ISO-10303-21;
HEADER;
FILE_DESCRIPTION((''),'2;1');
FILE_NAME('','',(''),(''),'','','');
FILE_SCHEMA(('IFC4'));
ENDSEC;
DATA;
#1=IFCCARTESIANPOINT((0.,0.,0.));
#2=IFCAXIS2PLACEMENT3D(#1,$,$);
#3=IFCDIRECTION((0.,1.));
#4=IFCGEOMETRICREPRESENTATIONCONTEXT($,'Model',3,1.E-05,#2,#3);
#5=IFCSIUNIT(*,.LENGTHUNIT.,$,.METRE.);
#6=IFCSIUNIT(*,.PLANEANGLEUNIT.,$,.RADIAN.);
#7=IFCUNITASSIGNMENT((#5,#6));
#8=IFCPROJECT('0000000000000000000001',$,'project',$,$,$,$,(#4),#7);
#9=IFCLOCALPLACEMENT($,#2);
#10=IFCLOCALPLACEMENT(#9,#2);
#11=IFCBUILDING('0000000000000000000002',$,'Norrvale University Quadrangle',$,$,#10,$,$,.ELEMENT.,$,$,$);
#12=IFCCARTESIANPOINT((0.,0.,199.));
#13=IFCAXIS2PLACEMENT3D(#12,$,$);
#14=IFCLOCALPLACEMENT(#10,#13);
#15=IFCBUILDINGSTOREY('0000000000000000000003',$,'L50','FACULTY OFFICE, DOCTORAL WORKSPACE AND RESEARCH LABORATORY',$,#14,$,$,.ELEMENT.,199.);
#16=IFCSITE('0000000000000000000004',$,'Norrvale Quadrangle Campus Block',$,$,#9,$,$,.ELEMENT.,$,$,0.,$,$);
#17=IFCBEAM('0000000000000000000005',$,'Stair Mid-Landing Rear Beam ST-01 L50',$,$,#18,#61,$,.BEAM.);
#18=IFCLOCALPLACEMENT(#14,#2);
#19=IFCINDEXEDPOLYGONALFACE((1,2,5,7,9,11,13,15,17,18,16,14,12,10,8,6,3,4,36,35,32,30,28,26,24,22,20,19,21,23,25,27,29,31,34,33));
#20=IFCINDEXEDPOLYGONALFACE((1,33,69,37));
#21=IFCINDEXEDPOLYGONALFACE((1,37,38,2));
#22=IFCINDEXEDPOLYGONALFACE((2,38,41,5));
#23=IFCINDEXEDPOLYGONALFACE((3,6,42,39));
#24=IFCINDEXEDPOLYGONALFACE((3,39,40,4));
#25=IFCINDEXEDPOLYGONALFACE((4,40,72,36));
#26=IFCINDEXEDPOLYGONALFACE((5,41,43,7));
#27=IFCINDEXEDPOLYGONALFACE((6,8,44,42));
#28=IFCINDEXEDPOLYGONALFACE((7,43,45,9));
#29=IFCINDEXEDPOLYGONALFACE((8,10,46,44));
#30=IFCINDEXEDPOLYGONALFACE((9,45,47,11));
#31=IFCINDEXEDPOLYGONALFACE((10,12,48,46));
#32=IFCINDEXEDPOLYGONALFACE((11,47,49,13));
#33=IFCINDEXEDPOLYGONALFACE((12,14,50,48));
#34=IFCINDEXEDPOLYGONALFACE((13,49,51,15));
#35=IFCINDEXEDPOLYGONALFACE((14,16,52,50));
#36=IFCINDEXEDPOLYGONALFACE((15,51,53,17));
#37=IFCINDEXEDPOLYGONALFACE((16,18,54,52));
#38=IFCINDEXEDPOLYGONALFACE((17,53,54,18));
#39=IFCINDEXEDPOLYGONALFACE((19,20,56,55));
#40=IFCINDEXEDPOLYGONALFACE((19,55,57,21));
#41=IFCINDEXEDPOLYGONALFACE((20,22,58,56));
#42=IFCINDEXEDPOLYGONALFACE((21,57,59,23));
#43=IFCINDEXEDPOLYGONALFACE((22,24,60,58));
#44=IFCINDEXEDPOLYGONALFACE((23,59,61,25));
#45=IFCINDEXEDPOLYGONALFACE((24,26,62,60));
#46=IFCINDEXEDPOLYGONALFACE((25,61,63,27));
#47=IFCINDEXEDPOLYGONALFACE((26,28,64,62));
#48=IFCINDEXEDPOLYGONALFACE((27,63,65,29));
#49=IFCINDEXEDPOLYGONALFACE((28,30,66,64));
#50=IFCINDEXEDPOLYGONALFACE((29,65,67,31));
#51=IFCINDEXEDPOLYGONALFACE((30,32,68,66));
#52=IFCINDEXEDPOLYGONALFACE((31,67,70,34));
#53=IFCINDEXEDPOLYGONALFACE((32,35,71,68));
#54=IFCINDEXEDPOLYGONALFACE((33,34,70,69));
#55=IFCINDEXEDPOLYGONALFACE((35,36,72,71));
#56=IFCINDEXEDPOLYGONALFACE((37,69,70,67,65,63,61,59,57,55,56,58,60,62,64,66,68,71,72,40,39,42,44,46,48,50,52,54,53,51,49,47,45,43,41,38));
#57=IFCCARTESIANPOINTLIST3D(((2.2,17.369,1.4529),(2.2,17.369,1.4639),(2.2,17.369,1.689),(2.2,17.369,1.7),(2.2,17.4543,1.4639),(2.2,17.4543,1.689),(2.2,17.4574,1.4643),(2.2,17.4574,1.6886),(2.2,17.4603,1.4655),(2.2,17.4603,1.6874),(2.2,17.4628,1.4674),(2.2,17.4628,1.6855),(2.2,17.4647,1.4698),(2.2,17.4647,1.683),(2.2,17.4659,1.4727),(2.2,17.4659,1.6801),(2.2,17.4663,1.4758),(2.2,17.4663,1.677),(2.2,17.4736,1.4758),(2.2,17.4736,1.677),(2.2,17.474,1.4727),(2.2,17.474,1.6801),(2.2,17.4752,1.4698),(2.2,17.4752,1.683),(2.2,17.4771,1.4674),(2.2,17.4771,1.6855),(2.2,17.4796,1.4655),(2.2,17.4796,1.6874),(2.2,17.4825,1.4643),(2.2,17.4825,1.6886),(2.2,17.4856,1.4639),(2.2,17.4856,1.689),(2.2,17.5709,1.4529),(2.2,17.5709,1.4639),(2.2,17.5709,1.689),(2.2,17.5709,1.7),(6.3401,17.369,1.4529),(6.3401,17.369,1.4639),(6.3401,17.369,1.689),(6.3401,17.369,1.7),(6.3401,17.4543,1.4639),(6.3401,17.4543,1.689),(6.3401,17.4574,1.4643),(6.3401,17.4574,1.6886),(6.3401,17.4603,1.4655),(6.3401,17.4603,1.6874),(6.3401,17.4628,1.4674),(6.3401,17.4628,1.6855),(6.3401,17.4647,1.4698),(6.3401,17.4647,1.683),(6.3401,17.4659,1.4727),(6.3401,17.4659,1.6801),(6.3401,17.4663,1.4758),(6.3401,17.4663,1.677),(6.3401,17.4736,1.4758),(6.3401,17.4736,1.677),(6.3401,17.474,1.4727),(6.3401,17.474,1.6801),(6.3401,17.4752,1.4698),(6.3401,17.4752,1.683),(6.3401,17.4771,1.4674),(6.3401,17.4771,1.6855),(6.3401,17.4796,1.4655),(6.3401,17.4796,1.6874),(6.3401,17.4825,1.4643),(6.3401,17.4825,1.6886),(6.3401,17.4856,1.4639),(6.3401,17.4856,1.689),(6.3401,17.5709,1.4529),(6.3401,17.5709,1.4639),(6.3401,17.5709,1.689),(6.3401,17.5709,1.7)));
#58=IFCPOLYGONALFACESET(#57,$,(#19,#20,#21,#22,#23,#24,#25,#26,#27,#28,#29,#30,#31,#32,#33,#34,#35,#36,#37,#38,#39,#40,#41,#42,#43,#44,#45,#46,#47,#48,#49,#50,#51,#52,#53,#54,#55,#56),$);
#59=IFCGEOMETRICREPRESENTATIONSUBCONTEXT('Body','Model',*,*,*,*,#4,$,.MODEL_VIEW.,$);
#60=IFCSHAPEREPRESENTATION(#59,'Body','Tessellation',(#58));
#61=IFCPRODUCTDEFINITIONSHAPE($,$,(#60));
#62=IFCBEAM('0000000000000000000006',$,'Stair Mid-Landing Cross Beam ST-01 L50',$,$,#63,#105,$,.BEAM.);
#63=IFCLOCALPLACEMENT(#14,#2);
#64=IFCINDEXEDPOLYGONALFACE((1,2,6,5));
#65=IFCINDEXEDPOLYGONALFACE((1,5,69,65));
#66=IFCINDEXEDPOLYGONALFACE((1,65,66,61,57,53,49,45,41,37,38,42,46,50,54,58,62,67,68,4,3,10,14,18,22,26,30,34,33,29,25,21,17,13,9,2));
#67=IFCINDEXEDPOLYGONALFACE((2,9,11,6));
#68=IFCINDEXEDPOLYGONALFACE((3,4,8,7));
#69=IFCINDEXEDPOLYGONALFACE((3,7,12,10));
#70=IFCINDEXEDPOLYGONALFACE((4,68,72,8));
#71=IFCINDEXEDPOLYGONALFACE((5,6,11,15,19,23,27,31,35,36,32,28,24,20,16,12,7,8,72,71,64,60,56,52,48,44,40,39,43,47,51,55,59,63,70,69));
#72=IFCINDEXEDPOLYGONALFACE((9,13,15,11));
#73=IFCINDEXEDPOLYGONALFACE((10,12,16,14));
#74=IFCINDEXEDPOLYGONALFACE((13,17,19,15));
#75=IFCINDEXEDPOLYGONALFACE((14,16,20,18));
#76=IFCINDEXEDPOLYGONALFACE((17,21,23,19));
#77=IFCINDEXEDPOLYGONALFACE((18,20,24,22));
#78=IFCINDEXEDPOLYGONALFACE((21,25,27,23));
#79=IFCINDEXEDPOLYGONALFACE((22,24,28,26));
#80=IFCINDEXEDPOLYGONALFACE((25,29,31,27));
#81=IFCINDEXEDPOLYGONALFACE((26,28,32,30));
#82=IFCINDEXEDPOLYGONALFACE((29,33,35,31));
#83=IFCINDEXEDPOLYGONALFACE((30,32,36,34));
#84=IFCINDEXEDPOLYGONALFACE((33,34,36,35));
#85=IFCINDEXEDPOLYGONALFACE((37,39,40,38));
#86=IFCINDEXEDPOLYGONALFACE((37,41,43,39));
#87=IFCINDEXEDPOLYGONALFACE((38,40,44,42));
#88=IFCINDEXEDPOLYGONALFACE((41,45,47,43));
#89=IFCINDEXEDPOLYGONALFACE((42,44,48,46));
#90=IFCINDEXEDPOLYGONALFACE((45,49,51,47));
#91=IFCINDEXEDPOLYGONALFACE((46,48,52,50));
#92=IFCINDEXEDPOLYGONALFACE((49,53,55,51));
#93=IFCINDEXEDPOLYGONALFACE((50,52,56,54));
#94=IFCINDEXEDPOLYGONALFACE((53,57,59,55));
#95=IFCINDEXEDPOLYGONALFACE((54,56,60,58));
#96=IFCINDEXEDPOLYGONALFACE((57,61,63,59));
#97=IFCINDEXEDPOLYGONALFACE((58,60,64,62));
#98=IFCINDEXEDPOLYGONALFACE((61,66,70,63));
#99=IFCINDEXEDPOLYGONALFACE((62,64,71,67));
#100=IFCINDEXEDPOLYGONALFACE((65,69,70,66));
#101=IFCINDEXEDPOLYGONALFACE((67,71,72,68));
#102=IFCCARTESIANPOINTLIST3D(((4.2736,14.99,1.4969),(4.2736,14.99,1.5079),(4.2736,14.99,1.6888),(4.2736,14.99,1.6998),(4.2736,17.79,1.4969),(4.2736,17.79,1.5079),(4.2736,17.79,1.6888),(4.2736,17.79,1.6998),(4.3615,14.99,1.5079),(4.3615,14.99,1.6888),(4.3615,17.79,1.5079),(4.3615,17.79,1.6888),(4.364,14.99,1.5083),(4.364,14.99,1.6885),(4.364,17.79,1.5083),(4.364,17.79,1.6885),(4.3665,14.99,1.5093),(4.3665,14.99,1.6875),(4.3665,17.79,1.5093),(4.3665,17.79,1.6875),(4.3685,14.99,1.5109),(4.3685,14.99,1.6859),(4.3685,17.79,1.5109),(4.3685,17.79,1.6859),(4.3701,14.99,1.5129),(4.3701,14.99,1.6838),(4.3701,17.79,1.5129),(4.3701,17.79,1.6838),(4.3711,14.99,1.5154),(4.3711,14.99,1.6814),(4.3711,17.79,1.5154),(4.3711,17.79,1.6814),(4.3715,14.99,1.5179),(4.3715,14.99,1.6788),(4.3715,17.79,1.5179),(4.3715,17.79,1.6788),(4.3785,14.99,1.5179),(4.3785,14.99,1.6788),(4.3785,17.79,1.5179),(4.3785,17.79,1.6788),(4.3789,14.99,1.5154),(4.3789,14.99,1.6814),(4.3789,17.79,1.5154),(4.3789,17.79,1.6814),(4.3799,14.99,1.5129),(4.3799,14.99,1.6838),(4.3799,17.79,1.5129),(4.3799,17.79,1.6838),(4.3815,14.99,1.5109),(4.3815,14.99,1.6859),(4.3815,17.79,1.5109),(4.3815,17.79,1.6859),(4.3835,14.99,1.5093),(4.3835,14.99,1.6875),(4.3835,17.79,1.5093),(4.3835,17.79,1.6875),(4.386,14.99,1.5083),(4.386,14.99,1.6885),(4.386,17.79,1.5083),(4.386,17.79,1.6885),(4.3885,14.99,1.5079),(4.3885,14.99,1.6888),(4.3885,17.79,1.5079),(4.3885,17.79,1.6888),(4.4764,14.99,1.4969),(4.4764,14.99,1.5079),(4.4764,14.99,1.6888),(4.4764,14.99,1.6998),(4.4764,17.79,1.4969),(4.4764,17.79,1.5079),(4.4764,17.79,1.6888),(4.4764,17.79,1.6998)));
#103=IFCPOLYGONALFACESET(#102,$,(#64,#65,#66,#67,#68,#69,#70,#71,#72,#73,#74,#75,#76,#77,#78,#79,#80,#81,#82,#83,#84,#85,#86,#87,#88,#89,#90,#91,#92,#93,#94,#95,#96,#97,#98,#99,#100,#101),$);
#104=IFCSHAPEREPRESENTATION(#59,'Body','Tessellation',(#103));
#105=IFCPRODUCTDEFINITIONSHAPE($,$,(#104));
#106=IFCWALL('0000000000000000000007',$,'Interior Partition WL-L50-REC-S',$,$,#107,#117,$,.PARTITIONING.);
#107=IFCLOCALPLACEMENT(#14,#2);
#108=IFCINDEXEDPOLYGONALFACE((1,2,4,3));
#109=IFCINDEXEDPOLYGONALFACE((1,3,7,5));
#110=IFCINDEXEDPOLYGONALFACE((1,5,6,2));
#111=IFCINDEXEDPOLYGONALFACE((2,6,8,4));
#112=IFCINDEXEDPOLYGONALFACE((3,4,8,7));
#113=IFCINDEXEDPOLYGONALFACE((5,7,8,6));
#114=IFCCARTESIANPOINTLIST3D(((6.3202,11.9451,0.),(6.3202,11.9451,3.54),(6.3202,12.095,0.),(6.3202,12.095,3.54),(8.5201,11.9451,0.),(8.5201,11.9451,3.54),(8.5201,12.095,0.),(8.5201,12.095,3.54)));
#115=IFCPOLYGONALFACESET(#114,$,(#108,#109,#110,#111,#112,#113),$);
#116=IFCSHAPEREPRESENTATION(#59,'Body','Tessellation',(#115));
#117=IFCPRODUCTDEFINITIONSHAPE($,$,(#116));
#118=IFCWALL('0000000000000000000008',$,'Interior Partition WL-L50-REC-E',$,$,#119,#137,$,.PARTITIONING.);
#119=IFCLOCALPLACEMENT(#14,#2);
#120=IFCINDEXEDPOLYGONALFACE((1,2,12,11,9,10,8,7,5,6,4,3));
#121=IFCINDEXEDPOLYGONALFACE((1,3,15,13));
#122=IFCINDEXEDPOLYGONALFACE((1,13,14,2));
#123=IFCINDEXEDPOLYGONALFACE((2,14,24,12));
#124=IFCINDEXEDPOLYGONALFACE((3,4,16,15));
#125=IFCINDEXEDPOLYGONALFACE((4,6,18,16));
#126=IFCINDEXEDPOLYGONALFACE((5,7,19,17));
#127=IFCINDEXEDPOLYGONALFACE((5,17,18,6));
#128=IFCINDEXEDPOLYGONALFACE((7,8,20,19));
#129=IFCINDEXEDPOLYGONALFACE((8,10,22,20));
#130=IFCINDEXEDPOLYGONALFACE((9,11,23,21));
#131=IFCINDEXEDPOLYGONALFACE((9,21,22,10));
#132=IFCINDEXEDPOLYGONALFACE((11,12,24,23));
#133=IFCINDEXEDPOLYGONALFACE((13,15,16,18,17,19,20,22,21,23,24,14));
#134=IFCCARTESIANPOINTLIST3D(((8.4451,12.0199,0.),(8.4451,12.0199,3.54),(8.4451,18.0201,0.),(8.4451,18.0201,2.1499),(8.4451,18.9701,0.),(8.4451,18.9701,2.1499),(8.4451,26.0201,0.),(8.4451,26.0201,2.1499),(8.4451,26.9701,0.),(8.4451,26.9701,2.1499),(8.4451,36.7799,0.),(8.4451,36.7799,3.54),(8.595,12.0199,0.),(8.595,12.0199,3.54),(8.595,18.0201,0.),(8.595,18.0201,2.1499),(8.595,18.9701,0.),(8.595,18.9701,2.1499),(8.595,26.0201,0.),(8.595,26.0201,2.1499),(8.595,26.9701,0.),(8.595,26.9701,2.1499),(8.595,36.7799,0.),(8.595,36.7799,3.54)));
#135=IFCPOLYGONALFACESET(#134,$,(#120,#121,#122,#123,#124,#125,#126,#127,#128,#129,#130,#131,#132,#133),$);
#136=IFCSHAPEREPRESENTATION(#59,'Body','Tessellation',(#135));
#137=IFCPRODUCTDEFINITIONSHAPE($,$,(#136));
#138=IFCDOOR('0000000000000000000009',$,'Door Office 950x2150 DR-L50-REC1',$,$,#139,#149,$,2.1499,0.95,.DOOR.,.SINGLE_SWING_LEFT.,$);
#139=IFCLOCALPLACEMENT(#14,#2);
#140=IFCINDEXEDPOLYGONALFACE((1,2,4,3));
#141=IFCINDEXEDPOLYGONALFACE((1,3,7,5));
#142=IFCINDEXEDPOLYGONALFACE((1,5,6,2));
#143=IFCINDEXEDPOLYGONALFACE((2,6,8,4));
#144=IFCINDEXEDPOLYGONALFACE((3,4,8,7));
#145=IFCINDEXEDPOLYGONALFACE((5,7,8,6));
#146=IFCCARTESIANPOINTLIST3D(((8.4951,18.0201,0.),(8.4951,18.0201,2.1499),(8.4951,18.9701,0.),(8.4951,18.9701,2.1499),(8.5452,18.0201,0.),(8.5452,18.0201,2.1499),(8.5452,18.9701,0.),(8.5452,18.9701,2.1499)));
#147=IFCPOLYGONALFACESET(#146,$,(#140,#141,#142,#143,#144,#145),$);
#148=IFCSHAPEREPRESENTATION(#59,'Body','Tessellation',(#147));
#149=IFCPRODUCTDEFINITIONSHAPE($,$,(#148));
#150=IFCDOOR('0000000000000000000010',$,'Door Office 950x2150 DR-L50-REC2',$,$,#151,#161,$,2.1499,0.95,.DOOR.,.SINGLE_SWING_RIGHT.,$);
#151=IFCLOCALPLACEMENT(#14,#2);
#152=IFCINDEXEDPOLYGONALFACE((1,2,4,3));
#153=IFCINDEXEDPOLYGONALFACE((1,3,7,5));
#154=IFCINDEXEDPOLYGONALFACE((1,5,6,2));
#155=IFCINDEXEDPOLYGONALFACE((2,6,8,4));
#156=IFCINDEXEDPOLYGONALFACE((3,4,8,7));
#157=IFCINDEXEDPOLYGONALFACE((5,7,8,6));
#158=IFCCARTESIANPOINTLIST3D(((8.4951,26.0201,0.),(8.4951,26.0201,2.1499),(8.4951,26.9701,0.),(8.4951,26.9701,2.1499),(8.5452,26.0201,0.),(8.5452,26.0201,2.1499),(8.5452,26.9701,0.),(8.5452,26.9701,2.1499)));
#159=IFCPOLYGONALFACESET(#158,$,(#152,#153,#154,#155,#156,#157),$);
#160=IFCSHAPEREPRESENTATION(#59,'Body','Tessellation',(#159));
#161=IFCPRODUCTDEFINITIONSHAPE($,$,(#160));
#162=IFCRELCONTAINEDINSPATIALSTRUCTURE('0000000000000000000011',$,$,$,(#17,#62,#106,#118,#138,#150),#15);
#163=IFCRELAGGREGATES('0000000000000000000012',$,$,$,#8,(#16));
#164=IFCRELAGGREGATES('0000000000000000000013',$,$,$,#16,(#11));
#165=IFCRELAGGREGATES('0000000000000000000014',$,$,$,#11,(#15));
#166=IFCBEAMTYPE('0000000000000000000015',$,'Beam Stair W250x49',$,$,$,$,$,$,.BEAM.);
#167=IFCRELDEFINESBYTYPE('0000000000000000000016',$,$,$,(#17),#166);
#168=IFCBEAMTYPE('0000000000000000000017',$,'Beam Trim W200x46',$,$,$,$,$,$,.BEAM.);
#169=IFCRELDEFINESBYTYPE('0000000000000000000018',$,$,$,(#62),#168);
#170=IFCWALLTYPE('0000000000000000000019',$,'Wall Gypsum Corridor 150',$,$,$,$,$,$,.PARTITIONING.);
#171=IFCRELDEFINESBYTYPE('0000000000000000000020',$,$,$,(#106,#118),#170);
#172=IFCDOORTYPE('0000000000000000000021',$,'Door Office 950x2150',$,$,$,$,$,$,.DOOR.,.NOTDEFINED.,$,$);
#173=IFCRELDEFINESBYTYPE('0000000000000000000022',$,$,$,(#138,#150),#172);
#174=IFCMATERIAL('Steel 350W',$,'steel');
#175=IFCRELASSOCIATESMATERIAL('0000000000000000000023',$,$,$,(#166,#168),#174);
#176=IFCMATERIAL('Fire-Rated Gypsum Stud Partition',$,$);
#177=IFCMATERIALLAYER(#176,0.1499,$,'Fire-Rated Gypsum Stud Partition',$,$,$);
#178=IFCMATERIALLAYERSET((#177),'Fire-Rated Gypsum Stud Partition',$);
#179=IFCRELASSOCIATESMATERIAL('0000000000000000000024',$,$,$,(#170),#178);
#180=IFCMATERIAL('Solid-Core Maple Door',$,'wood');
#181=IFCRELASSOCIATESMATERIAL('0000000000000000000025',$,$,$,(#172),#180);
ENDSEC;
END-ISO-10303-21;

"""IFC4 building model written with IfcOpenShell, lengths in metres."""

from ifc_helpers import new_model, si_unit, direction, frame, frame_2d, origin, origin_2d, place, context, subcontext, project, spatial, rectangle, i_section, extrude, material, layer, layer_set, material_profile, profile_set, type_object, element, fill, save


model = new_model("IFC4")

# Units and contexts
model_context = context("Model", 3, precision=1e-05, world=origin(), true_north=direction((0.0, 1.0)))
body_context = subcontext(model_context, "Body", "Model", "MODEL_VIEW")
ifc_project = project(units=[si_unit("LENGTHUNIT", "METRE"), si_unit("PLANEANGLEUNIT", "RADIAN")], contexts=[model_context])

# Site, building, storey
site_placement = place(None, origin())
site = spatial("IfcSite", under=ifc_project, at=site_placement, Name="Norrvale Quadrangle Campus Block", CompositionType="ELEMENT", RefElevation=0.0)
building_placement = place(site_placement, origin())
building = spatial("IfcBuilding", under=site, at=building_placement, Name="Norrvale University Quadrangle", CompositionType="ELEMENT")
storey_placement = place(building_placement, frame((0.0, 0.0, 199.0)))
storey = spatial("IfcBuildingStorey", under=building, at=storey_placement, Name="L50", Description="FACULTY OFFICE, DOCTORAL WORKSPACE AND RESEARCH LABORATORY", CompositionType="ELEMENT", Elevation=199.0)

# Beams
ifc_material_1 = material(Name="Steel 350W", Category="steel")
ifc_material_profile_1 = material_profile(ifc_material_1, i_section(OverallWidth=0.2019, OverallDepth=0.2471, WebThickness=0.0073, FlangeThickness=0.011, FilletRadius=0.012, at=origin_2d()), Name="Steel 350W")
ifc_profile_set_1 = profile_set([ifc_material_profile_1], Name="Steel 350W")
beam_type_1 = type_object("IfcBeamType", Name="Beam Stair W250x49", PredefinedType="BEAM", material=ifc_profile_set_1)
for number, where, z_axis, x_axis, name in (
    (1, (2.2, 17.47, 1.5764), (1.0, 0.0, 0.0), (0.0, 1.0, 0.0), "Stair Mid-Landing Rear Beam ST-01 L50"),
):
    element("IfcBeam", number, at=place(storey_placement, frame(where, z_axis=z_axis, x_axis=x_axis)), inside=storey, type_object=beam_type_1, Name=name, PredefinedType="BEAM", context=body_context, shape_type="SweptSolid", body=[
        extrude(i_section(OverallWidth=0.2019, OverallDepth=0.2471, WebThickness=0.0073, FlangeThickness=0.011, FilletRadius=0.012, at=origin_2d()), origin(), (0.0, 0.0, 1.0), 4.1401),
    ])
ifc_material_profile_2 = material_profile(ifc_material_1, i_section(OverallWidth=0.2029, OverallDepth=0.2029, WebThickness=0.0071, FlangeThickness=0.011, FilletRadius=0.01, at=origin_2d()), Name="Steel 350W")
ifc_profile_set_2 = profile_set([ifc_material_profile_2], Name="Steel 350W")
beam_type_2 = type_object("IfcBeamType", Name="Beam Trim W200x46", PredefinedType="BEAM", material=ifc_profile_set_2)
beam_1_placement = place(storey_placement, frame((4.375, 14.99, 1.5984), z_axis=(0.0, 1.0, 0.0), x_axis=(-1.0, 0.0, 0.0)))
element("IfcBeam", 2, at=beam_1_placement, inside=storey, type_object=beam_type_2, Name="Stair Mid-Landing Cross Beam ST-01 L50", PredefinedType="BEAM", context=body_context, shape_type="SweptSolid", body=[
    extrude(i_section(OverallWidth=0.2029, OverallDepth=0.2029, WebThickness=0.0071, FlangeThickness=0.011, FilletRadius=0.01, at=origin_2d()), origin(), (0.0, 0.0, 1.0), 2.8),
])

# Wall
ifc_material_2 = material(Name="Fire-Rated Gypsum Stud Partition")
ifc_layer_1 = layer(ifc_material_2, 0.1499, Name="Fire-Rated Gypsum Stud Partition")
ifc_layer_set_1 = layer_set([ifc_layer_1], Name="Fire-Rated Gypsum Stud Partition")
wall_type_1 = type_object("IfcWallType", Name="Wall Gypsum Corridor 150", PredefinedType="PARTITIONING", material=ifc_layer_set_1)
wall_1_placement = place(storey_placement, frame((6.3201, 12.02, 0.0), z_axis=(0.0, 0.0, 1.0), x_axis=(1.0, 0.0, 0.0)))
element("IfcWall", 3, at=wall_1_placement, inside=storey, type_object=wall_type_1, Name="Interior Partition WL-L50-REC-S", PredefinedType="PARTITIONING", context=body_context, shape_type="SweptSolid", body=[
    extrude(rectangle(XDim=2.2, YDim=0.1499, at=frame_2d((1.1001, 0.0))), origin(), (0.0, 0.0, 1.0), 3.54),
])

# Wall, openings, doors
wall_2_placement = place(storey_placement, frame((8.52, 12.02, 0.0), z_axis=(0.0, 0.0, 1.0), x_axis=(0.0, 1.0, 0.0)))
wall_2 = element("IfcWall", 4, at=wall_2_placement, inside=storey, type_object=wall_type_1, Name="Interior Partition WL-L50-REC-E", PredefinedType="PARTITIONING", context=body_context, shape_type="SweptSolid", body=[
    extrude(rectangle(XDim=24.76, YDim=0.1499, at=frame_2d((12.3799, 0.0))), origin(), (0.0, 0.0, 1.0), 3.54),
])
opening_1_placement = place(wall_2_placement, frame((6.0, 0.0, 0.0)))
opening_1 = element("IfcOpeningElement", 5, at=opening_1_placement, cuts=wall_2, PredefinedType="OPENING", context=body_context, shape_type="SweptSolid", body=[
    extrude(rectangle(XDim=0.95, YDim=2.1499, at=frame_2d((0.4751, 1.075))), frame((0.0, 0.0869, 0.0), z_axis=(0.0, -1.0, 0.0), x_axis=(1.0, 0.0, 0.0)), (0.0, 0.0, 1.0), 0.1738),
])
opening_2_placement = place(wall_2_placement, frame((14.0, 0.0, 0.0)))
opening_2 = element("IfcOpeningElement", 6, at=opening_2_placement, cuts=wall_2, PredefinedType="OPENING", context=body_context, shape_type="SweptSolid", body=[
    extrude(rectangle(XDim=0.95, YDim=2.1499, at=frame_2d((0.4751, 1.075))), frame((0.0, 0.0869, 0.0), z_axis=(0.0, -1.0, 0.0), x_axis=(1.0, 0.0, 0.0)), (0.0, 0.0, 1.0), 0.1738),
])
ifc_material_3 = material(Name="Solid-Core Maple Door", Category="wood")
door_type_1 = type_object("IfcDoorType", Name="Door Office 950x2150", OperationType="NOTDEFINED", PredefinedType="DOOR", material=ifc_material_3)
door_1_placement = place(opening_1_placement, origin())
door_1 = element("IfcDoor", 7, at=door_1_placement, inside=storey, type_object=door_type_1, Name="Door Office 950x2150 DR-L50-REC1", OperationType="SINGLE_SWING_LEFT", OverallHeight=2.1499, OverallWidth=0.95, PredefinedType="DOOR", context=body_context, shape_type="SweptSolid", body=[
    extrude(rectangle(XDim=0.95, YDim=2.1499, at=frame_2d((0.4751, 1.075))), frame((0.0, 0.0249, 0.0), z_axis=(0.0, -1.0, 0.0), x_axis=(1.0, 0.0, 0.0)), (0.0, 0.0, 1.0), 0.05),
])
fill(opening_1, door_1)
door_2_placement = place(opening_2_placement, origin())
door_2 = element("IfcDoor", 8, at=door_2_placement, inside=storey, type_object=door_type_1, Name="Door Office 950x2150 DR-L50-REC2", OperationType="SINGLE_SWING_RIGHT", OverallHeight=2.1499, OverallWidth=0.95, PredefinedType="DOOR", context=body_context, shape_type="SweptSolid", body=[
    extrude(rectangle(XDim=0.95, YDim=2.1499, at=frame_2d((0.4751, 1.075))), frame((0.0, 0.0249, 0.0), z_axis=(0.0, -1.0, 0.0), x_axis=(1.0, 0.0, 0.0)), (0.0, 0.0, 1.0), 0.05),
])
fill(opening_2, door_2)

save(model, "model.ifc")
